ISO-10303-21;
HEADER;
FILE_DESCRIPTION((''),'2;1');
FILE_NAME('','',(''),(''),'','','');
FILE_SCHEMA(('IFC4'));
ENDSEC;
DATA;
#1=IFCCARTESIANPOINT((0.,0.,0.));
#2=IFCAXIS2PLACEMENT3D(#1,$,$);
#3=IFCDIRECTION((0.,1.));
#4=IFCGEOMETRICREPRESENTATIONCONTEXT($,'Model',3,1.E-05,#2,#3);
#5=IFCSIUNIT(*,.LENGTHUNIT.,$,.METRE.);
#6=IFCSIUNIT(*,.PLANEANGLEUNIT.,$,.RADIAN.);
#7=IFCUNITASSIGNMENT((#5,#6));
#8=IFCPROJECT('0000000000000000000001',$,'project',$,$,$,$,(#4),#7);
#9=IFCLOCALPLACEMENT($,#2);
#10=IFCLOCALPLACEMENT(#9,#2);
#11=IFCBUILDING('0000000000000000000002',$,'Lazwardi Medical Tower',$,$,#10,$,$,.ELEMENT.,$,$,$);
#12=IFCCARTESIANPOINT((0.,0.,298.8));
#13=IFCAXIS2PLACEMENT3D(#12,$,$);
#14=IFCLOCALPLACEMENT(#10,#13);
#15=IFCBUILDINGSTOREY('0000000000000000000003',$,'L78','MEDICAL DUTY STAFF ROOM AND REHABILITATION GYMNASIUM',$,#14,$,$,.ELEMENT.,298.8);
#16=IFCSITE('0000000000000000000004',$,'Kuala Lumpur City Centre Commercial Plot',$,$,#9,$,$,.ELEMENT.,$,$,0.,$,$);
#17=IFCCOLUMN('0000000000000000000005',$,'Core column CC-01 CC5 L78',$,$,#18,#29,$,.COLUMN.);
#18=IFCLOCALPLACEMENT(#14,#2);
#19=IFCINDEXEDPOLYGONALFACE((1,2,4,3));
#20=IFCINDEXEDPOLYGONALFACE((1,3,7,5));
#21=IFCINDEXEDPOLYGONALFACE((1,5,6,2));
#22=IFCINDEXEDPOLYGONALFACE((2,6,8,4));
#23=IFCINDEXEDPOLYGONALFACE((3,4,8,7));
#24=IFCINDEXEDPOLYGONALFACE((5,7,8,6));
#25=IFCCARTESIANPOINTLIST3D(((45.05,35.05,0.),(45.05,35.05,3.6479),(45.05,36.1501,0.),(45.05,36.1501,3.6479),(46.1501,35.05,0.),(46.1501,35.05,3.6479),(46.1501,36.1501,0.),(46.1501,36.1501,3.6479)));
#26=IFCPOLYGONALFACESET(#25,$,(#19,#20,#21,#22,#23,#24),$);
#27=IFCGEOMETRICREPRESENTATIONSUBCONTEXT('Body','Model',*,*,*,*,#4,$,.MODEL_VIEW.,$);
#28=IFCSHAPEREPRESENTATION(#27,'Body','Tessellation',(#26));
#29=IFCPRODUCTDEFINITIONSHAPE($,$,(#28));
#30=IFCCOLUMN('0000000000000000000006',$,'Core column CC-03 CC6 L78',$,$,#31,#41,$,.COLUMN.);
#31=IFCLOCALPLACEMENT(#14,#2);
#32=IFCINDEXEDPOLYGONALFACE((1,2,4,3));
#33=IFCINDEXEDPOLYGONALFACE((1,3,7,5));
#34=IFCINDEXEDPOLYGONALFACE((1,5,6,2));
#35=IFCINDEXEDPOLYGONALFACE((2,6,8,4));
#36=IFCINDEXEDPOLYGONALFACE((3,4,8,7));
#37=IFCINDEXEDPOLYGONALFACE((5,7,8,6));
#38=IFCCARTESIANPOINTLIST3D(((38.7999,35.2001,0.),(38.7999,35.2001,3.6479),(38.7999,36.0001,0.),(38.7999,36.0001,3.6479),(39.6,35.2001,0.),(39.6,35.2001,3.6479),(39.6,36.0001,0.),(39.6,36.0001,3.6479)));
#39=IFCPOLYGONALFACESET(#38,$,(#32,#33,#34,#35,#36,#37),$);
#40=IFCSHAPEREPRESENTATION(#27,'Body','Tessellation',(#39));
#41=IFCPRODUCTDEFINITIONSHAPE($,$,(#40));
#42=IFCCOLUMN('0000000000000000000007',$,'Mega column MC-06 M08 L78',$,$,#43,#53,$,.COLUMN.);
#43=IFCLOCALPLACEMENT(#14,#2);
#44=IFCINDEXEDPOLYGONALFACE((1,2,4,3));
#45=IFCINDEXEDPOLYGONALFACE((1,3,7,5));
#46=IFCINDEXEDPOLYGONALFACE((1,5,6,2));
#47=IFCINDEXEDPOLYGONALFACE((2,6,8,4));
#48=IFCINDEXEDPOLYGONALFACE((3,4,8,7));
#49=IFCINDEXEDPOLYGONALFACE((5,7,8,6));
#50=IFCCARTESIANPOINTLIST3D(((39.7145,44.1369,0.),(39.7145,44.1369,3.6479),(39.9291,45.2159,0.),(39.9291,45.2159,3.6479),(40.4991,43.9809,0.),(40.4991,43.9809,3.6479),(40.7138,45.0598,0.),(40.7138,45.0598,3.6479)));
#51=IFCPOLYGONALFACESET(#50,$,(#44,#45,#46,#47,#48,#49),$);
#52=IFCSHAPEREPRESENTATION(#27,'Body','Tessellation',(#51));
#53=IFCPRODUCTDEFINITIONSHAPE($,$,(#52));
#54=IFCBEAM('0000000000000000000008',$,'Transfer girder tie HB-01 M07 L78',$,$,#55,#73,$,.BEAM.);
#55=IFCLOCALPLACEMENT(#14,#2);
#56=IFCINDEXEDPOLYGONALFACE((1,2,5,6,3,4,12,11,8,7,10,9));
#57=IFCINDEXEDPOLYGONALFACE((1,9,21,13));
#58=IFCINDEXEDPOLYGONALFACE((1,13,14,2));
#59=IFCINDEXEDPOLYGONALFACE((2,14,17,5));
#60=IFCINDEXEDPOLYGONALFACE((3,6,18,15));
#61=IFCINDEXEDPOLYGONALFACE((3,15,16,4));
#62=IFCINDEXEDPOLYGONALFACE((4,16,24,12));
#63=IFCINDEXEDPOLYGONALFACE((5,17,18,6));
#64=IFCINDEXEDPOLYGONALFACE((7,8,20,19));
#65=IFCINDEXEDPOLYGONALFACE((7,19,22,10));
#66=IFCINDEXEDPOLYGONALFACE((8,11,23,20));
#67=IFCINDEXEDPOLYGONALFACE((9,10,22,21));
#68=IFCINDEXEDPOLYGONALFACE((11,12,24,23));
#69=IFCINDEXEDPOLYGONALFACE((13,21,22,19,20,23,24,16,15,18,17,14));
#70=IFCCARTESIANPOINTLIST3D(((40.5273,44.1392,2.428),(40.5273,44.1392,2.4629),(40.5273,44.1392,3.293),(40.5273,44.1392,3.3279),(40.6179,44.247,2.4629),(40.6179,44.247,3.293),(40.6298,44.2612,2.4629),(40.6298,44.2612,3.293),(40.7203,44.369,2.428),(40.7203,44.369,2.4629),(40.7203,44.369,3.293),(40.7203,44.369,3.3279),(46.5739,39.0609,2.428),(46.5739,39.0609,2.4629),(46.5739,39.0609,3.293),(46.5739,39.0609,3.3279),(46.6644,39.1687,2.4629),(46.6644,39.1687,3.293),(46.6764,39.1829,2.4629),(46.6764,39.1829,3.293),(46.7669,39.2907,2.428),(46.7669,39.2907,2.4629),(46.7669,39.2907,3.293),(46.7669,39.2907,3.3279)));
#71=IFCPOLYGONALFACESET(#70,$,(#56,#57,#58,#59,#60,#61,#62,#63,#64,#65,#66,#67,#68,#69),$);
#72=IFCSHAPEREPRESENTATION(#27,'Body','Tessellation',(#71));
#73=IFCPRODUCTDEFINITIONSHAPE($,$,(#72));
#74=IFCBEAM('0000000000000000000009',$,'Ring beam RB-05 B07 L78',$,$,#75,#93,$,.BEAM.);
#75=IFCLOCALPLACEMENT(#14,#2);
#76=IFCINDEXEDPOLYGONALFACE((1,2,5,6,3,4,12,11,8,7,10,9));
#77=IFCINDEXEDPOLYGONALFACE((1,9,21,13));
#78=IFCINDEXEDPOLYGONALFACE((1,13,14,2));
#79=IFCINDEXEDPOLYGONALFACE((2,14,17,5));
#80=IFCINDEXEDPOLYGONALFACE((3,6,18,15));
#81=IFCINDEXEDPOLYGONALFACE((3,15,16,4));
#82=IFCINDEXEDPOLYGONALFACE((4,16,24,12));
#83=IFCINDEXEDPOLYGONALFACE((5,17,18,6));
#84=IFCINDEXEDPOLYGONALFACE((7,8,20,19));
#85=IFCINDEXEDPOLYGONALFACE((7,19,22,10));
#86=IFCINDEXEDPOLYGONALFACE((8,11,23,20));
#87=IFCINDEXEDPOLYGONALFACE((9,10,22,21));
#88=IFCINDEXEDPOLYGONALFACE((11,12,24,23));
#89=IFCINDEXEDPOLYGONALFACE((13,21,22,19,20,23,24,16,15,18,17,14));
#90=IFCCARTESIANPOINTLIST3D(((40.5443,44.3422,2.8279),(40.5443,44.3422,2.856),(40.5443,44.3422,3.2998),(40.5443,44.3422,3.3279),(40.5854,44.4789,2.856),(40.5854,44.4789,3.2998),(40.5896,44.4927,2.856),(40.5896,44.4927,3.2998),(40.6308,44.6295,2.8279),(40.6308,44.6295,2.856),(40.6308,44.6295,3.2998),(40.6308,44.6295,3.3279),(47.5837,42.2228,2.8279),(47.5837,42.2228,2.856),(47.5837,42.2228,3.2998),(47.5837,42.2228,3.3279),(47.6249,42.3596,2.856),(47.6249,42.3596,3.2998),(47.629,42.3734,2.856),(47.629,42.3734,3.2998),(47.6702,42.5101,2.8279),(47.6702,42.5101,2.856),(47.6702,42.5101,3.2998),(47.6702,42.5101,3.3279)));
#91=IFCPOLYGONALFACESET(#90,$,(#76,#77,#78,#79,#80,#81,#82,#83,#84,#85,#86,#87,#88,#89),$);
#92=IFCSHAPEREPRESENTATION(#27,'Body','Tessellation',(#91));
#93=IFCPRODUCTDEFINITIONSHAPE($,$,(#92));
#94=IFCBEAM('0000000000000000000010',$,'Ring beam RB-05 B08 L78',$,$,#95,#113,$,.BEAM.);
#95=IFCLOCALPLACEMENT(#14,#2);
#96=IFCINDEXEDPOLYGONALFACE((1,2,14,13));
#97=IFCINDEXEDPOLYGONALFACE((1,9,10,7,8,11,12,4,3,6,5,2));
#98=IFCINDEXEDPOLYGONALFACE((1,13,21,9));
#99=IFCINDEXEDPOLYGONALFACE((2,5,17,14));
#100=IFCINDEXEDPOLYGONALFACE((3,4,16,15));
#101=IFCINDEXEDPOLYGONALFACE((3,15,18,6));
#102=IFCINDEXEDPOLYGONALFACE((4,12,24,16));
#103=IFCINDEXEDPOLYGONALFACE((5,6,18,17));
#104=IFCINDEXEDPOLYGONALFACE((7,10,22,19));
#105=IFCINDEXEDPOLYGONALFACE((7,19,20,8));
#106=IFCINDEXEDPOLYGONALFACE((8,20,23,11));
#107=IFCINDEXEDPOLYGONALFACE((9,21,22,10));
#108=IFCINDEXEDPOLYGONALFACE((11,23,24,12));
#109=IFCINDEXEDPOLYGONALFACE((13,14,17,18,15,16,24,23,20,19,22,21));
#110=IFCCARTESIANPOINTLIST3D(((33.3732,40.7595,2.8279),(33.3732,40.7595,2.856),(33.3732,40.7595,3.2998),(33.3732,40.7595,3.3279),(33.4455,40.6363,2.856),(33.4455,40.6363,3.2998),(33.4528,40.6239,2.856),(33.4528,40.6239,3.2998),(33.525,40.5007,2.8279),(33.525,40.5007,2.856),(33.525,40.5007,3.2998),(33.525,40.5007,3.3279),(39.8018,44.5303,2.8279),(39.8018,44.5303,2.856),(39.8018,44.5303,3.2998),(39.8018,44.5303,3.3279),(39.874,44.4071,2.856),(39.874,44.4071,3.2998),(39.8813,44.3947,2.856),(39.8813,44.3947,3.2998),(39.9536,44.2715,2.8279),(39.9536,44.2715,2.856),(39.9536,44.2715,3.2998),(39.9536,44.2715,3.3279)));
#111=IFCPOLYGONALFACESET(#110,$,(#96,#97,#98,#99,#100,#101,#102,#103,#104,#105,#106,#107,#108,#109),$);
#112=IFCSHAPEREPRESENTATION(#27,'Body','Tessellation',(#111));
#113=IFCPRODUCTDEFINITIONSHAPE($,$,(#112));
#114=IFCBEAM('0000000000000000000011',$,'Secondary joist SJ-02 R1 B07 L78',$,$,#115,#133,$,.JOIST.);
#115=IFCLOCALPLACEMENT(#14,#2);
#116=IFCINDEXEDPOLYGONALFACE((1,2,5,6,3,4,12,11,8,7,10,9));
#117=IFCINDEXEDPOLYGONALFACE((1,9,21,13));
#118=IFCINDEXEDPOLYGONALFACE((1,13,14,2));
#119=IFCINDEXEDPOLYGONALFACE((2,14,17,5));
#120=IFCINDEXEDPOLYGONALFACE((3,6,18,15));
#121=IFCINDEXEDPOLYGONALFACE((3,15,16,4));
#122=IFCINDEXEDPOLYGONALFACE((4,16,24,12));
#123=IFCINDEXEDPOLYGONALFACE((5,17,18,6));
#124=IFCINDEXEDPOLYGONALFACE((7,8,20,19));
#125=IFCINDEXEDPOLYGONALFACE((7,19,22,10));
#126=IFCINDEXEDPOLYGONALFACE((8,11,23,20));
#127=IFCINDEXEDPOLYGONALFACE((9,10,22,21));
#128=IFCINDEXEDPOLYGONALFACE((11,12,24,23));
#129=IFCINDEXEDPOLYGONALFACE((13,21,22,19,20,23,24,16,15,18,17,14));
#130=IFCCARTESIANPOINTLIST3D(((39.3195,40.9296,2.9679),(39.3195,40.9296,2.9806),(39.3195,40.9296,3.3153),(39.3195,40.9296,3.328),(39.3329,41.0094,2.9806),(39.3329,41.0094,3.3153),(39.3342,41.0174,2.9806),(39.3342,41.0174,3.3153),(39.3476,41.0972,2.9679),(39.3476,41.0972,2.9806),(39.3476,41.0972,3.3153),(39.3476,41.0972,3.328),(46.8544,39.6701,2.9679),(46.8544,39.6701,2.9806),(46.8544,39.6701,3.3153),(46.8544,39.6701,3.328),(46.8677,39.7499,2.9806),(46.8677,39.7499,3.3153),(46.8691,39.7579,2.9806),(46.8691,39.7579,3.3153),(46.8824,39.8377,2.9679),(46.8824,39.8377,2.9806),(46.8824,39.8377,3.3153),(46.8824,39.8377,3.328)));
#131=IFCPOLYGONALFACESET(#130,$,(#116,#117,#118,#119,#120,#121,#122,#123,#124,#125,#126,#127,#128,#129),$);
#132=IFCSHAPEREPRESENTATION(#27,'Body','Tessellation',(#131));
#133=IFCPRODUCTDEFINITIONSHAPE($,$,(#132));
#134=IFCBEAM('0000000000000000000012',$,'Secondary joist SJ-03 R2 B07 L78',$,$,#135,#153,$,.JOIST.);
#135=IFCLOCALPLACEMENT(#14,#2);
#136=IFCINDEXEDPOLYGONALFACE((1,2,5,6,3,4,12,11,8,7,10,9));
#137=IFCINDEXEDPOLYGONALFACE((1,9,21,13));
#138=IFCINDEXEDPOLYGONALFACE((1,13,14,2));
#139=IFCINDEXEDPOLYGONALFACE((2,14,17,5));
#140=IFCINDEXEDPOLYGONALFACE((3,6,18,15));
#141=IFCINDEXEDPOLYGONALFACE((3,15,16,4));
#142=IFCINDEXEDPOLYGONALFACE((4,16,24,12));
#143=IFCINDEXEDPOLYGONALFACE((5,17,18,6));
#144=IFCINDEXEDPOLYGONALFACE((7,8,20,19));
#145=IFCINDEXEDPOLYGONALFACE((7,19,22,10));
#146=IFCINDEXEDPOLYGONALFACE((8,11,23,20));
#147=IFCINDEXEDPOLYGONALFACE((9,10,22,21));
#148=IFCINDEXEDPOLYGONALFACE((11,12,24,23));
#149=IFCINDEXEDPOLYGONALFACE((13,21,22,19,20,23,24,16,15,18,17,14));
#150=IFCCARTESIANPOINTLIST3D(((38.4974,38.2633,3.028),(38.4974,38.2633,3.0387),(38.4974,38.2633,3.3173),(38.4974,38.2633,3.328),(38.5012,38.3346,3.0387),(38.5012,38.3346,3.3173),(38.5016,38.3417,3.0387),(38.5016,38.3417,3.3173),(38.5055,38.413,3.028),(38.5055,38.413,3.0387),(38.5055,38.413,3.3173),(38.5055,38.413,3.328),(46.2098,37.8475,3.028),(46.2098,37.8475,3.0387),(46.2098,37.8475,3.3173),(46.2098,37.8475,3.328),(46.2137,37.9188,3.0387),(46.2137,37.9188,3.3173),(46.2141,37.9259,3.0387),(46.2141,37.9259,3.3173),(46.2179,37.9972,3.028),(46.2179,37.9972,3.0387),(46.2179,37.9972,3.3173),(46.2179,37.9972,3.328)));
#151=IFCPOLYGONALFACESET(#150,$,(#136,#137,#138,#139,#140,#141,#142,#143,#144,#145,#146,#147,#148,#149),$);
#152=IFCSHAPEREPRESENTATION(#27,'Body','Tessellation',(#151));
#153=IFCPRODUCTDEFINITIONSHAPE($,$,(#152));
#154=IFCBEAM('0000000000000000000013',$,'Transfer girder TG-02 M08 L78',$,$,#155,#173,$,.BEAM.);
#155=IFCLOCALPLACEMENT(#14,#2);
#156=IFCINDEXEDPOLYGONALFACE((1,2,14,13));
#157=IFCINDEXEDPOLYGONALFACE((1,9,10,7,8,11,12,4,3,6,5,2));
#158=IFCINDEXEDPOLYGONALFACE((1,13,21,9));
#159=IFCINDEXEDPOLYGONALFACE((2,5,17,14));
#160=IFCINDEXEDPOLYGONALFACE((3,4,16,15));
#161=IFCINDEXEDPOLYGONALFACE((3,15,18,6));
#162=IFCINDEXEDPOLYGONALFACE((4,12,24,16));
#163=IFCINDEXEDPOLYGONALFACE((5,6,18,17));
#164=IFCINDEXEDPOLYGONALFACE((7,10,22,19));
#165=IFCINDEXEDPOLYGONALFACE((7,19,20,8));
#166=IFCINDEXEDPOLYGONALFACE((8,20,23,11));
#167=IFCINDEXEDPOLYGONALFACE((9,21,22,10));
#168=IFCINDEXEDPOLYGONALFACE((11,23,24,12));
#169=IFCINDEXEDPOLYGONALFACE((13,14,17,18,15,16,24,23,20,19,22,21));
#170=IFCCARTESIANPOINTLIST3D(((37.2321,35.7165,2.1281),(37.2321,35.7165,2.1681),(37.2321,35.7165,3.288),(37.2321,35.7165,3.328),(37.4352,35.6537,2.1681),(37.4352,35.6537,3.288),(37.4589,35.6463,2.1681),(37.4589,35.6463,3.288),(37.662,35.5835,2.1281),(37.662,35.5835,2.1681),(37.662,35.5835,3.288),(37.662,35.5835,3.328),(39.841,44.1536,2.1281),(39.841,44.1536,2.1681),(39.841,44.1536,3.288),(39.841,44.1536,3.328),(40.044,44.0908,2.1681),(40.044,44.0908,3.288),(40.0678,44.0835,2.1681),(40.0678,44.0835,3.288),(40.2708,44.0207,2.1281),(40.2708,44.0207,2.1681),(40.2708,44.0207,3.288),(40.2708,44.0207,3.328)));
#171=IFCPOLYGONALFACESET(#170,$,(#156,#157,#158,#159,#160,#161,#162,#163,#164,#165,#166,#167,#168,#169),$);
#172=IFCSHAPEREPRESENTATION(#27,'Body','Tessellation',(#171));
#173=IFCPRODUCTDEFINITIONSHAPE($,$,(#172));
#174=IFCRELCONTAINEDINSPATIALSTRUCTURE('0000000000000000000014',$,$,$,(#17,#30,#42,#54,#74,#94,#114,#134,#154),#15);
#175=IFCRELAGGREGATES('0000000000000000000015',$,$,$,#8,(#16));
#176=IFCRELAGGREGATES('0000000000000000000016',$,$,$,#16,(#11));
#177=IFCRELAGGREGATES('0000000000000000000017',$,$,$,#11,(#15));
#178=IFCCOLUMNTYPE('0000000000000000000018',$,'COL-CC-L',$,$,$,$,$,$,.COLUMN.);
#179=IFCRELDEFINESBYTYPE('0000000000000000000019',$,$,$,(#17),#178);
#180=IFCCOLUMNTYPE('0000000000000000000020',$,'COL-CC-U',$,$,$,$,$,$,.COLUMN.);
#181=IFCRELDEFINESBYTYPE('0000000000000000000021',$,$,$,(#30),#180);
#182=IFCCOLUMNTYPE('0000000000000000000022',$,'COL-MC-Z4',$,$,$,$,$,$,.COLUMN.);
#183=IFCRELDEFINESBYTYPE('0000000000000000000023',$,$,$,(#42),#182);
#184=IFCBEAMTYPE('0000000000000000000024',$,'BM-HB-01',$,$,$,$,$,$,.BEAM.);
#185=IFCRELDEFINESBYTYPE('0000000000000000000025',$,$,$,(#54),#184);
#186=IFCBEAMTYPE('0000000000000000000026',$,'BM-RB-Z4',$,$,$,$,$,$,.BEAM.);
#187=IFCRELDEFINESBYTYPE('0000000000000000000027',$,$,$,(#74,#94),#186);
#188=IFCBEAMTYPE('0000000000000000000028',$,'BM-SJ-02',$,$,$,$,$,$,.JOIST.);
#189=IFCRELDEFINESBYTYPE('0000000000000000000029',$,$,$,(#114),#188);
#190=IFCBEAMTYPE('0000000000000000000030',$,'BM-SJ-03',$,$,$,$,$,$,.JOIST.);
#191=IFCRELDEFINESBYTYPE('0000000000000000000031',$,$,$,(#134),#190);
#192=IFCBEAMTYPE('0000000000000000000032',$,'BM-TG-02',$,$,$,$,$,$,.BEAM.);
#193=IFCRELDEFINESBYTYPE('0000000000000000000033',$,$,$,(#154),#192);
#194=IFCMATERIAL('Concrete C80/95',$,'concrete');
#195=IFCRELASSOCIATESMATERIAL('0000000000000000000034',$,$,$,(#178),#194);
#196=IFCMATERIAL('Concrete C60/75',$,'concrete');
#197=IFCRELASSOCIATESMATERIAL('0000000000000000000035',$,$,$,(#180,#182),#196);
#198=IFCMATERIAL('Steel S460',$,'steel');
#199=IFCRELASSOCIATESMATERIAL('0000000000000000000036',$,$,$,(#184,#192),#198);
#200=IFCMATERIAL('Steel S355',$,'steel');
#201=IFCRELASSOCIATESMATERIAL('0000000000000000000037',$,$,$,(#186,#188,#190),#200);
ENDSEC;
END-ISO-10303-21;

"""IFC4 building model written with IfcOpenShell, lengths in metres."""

from ifc_helpers import new_model, si_unit, direction, frame, origin, origin_2d, place, context, subcontext, project, spatial, rectangle, i_section, extrude, material, material_profile, profile_set, type_object, element, save


model = new_model("IFC4")

# Units and contexts
model_context = context("Model", 3, precision=1e-05, world=origin(), true_north=direction((0.0, 1.0)))
body_context = subcontext(model_context, "Body", "Model", "MODEL_VIEW")
ifc_project = project(units=[si_unit("LENGTHUNIT", "METRE"), si_unit("PLANEANGLEUNIT", "RADIAN")], contexts=[model_context])

# Site, building, storey
site_placement = place(None, origin())
site = spatial("IfcSite", under=ifc_project, at=site_placement, Name="Kuala Lumpur City Centre Commercial Plot", CompositionType="ELEMENT", RefElevation=0.0)
building_placement = place(site_placement, origin())
building = spatial("IfcBuilding", under=site, at=building_placement, Name="Lazwardi Medical Tower", CompositionType="ELEMENT")
storey_placement = place(building_placement, frame((0.0, 0.0, 298.8)))
storey = spatial("IfcBuildingStorey", under=building, at=storey_placement, Name="L78", Description="MEDICAL DUTY STAFF ROOM AND REHABILITATION GYMNASIUM", CompositionType="ELEMENT", Elevation=298.8)

# Columns
ifc_material_1 = material(Name="Concrete C80/95", Category="concrete")
ifc_material_profile_1 = material_profile(ifc_material_1, rectangle(XDim=1.1001, YDim=1.1001, at=origin_2d()), Name="RC 1100x1100")
ifc_profile_set_1 = profile_set([ifc_material_profile_1], Name="Concrete C80/95")
column_type_1 = type_object("IfcColumnType", Name="COL-CC-L", PredefinedType="COLUMN", material=ifc_profile_set_1)
column_1_placement = place(storey_placement, frame((45.6001, 35.6001, 0.0), z_axis=(0.0, 0.0, 1.0), x_axis=(1.0, 0.0, 0.0)))
element("IfcColumn", 1, at=column_1_placement, inside=storey, type_object=column_type_1, Name="Core column CC-01 CC5 L78", PredefinedType="COLUMN", context=body_context, shape_type="SweptSolid", body=[
    extrude(rectangle(XDim=1.1001, YDim=1.1001, at=origin_2d()), origin(), (0.0, 0.0, 1.0), 3.6479),
])
ifc_material_2 = material(Name="Concrete C60/75", Category="concrete")
ifc_material_profile_2 = material_profile(ifc_material_2, rectangle(XDim=0.8, YDim=0.8, at=origin_2d()), Name="RC 800x800")
ifc_profile_set_2 = profile_set([ifc_material_profile_2], Name="Concrete C60/75")
column_type_2 = type_object("IfcColumnType", Name="COL-CC-U", PredefinedType="COLUMN", material=ifc_profile_set_2)
column_2_placement = place(storey_placement, frame((39.2, 35.6001, 0.0), z_axis=(0.0, 0.0, 1.0), x_axis=(1.0, 0.0, 0.0)))
element("IfcColumn", 2, at=column_2_placement, inside=storey, type_object=column_type_2, Name="Core column CC-03 CC6 L78", PredefinedType="COLUMN", context=body_context, shape_type="SweptSolid", body=[
    extrude(rectangle(XDim=0.8, YDim=0.8, at=origin_2d()), origin(), (0.0, 0.0, 1.0), 3.6479),
])
ifc_material_profile_3 = material_profile(ifc_material_2, rectangle(XDim=1.1001, YDim=0.8, at=origin_2d()), Name="CFT-RECT 1100x800")
ifc_profile_set_3 = profile_set([ifc_material_profile_3], Name="Concrete C60/75")
column_type_3 = type_object("IfcColumnType", Name="COL-MC-Z4", PredefinedType="COLUMN", material=ifc_profile_set_3)
column_3_placement = place(storey_placement, frame((40.2141, 44.5984, 0.0), z_axis=(0.0, 0.0, 1.0), x_axis=(0.19509, 0.980785, 0.0)))
element("IfcColumn", 3, at=column_3_placement, inside=storey, type_object=column_type_3, Name="Mega column MC-06 M08 L78", PredefinedType="COLUMN", context=body_context, shape_type="SweptSolid", body=[
    extrude(rectangle(XDim=1.1001, YDim=0.8, at=origin_2d()), origin(), (0.0, 0.0, 1.0), 3.6479),
])

# Beams
ifc_material_3 = material(Name="Steel S460", Category="steel")
ifc_material_profile_4 = material_profile(ifc_material_3, i_section(OverallWidth=0.3, OverallDepth=0.8999, WebThickness=0.0186, FlangeThickness=0.0349, at=origin_2d()), Name="HEB 900")
ifc_profile_set_4 = profile_set([ifc_material_profile_4], Name="Steel S460")
beam_type_1 = type_object("IfcBeamType", Name="BM-HB-01", PredefinedType="BEAM", material=ifc_profile_set_4)
beam_1_placement = place(storey_placement, frame((46.6704, 39.1758, 2.8779), z_axis=(-0.765755, 0.643133, 0.0), x_axis=(-0.643133, -0.765755, 0.0)))
element("IfcBeam", 4, at=beam_1_placement, inside=storey, type_object=beam_type_1, Name="Transfer girder tie HB-01 M07 L78", PredefinedType="BEAM", context=body_context, shape_type="SweptSolid", body=[
    extrude(i_section(OverallWidth=0.3, OverallDepth=0.8999, WebThickness=0.0186, FlangeThickness=0.0349, at=origin_2d()), origin(), (0.0, 0.0, 1.0), 7.8962),
])
ifc_material_4 = material(Name="Steel S355", Category="steel")
ifc_material_profile_5 = material_profile(ifc_material_4, i_section(OverallWidth=0.3, OverallDepth=0.5, WebThickness=0.0144, FlangeThickness=0.0281, at=origin_2d()), Name="HEB 500")
ifc_profile_set_5 = profile_set([ifc_material_profile_5], Name="Steel S355")
beam_type_2 = type_object("IfcBeamType", Name="BM-RB-Z4", PredefinedType="BEAM", material=ifc_profile_set_5)
beam_2_placement = place(storey_placement, frame((47.627, 42.3665, 3.0779), z_axis=(-0.957544, 0.288286, 0.0), x_axis=(-0.288286, -0.957544, 0.0)))
element("IfcBeam", 5, at=beam_2_placement, inside=storey, type_object=beam_type_2, Name="Ring beam RB-05 B07 L78", PredefinedType="BEAM", context=body_context, shape_type="SweptSolid", body=[
    extrude(i_section(OverallWidth=0.3, OverallDepth=0.5, WebThickness=0.0144, FlangeThickness=0.0281, at=origin_2d()), origin(), (0.0, 0.0, 1.0), 7.3516),
])
beam_3_placement = place(storey_placement, frame((39.8777, 44.4009, 3.0779), z_axis=(-0.862561, -0.505953, 0.0), x_axis=(0.505953, -0.862561, 0.0)))
element("IfcBeam", 6, at=beam_3_placement, inside=storey, type_object=beam_type_2, Name="Ring beam RB-05 B08 L78", PredefinedType="BEAM", context=body_context, shape_type="SweptSolid", body=[
    extrude(i_section(OverallWidth=0.3, OverallDepth=0.5, WebThickness=0.0144, FlangeThickness=0.0281, at=origin_2d()), origin(), (0.0, 0.0, 1.0), 7.4529),
])
ifc_material_profile_6 = material_profile(ifc_material_4, i_section(OverallWidth=0.1699, OverallDepth=0.3601, WebThickness=0.0081, FlangeThickness=0.0127, at=origin_2d()), Name="IPE 360")
ifc_profile_set_6 = profile_set([ifc_material_profile_6], Name="Steel S355")
beam_type_3 = type_object("IfcBeamType", Name="BM-SJ-02", PredefinedType="JOIST", material=ifc_profile_set_6)
beam_4_placement = place(storey_placement, frame((46.8684, 39.7539, 3.1479), z_axis=(-0.986315, 0.164871, 0.0), x_axis=(-0.164871, -0.986315, 0.0)))
element("IfcBeam", 7, at=beam_4_placement, inside=storey, type_object=beam_type_3, Name="Secondary joist SJ-02 R1 B07 L78", PredefinedType="JOIST", context=body_context, shape_type="SweptSolid", body=[
    extrude(i_section(OverallWidth=0.1699, OverallDepth=0.3601, WebThickness=0.0081, FlangeThickness=0.0127, at=origin_2d()), origin(), (0.0, 0.0, 1.0), 7.6394),
])
ifc_material_profile_7 = material_profile(ifc_material_4, i_section(OverallWidth=0.1499, OverallDepth=0.3, WebThickness=0.0071, FlangeThickness=0.0107, at=origin_2d()), Name="IPE 300")
ifc_profile_set_7 = profile_set([ifc_material_profile_7], Name="Steel S355")
beam_type_4 = type_object("IfcBeamType", Name="BM-SJ-03", PredefinedType="JOIST", material=ifc_profile_set_7)
beam_5_placement = place(storey_placement, frame((46.2139, 37.9224, 3.178), z_axis=(-0.99855, 0.053831, 0.0), x_axis=(-0.053831, -0.99855, 0.0)))
element("IfcBeam", 8, at=beam_5_placement, inside=storey, type_object=beam_type_4, Name="Secondary joist SJ-03 R2 B07 L78", PredefinedType="JOIST", context=body_context, shape_type="SweptSolid", body=[
    extrude(i_section(OverallWidth=0.1499, OverallDepth=0.3, WebThickness=0.0071, FlangeThickness=0.0107, at=origin_2d()), origin(), (0.0, 0.0, 1.0), 7.7236),
])
ifc_material_profile_8 = material_profile(ifc_material_3, i_section(OverallWidth=0.45, OverallDepth=1.2, WebThickness=0.0249, FlangeThickness=0.04, at=origin_2d()), Name="PG 1200x450")
ifc_profile_set_8 = profile_set([ifc_material_profile_8], Name="Steel S460")
beam_type_5 = type_object("IfcBeamType", Name="BM-TG-02", PredefinedType="BEAM", material=ifc_profile_set_8)
beam_6_placement = place(storey_placement, frame((40.0559, 44.0872, 2.728), z_axis=(-0.29541, -0.95537, 0.0), x_axis=(0.95537, -0.29541, 0.0)))
element("IfcBeam", 9, at=beam_6_placement, inside=storey, type_object=beam_type_5, Name="Transfer girder TG-02 M08 L78", PredefinedType="BEAM", context=body_context, shape_type="SweptSolid", body=[
    extrude(i_section(OverallWidth=0.45, OverallDepth=1.2, WebThickness=0.0249, FlangeThickness=0.04, at=origin_2d()), origin(), (0.0, 0.0, 1.0), 8.8313),
])

save(model, "model.ifc")
